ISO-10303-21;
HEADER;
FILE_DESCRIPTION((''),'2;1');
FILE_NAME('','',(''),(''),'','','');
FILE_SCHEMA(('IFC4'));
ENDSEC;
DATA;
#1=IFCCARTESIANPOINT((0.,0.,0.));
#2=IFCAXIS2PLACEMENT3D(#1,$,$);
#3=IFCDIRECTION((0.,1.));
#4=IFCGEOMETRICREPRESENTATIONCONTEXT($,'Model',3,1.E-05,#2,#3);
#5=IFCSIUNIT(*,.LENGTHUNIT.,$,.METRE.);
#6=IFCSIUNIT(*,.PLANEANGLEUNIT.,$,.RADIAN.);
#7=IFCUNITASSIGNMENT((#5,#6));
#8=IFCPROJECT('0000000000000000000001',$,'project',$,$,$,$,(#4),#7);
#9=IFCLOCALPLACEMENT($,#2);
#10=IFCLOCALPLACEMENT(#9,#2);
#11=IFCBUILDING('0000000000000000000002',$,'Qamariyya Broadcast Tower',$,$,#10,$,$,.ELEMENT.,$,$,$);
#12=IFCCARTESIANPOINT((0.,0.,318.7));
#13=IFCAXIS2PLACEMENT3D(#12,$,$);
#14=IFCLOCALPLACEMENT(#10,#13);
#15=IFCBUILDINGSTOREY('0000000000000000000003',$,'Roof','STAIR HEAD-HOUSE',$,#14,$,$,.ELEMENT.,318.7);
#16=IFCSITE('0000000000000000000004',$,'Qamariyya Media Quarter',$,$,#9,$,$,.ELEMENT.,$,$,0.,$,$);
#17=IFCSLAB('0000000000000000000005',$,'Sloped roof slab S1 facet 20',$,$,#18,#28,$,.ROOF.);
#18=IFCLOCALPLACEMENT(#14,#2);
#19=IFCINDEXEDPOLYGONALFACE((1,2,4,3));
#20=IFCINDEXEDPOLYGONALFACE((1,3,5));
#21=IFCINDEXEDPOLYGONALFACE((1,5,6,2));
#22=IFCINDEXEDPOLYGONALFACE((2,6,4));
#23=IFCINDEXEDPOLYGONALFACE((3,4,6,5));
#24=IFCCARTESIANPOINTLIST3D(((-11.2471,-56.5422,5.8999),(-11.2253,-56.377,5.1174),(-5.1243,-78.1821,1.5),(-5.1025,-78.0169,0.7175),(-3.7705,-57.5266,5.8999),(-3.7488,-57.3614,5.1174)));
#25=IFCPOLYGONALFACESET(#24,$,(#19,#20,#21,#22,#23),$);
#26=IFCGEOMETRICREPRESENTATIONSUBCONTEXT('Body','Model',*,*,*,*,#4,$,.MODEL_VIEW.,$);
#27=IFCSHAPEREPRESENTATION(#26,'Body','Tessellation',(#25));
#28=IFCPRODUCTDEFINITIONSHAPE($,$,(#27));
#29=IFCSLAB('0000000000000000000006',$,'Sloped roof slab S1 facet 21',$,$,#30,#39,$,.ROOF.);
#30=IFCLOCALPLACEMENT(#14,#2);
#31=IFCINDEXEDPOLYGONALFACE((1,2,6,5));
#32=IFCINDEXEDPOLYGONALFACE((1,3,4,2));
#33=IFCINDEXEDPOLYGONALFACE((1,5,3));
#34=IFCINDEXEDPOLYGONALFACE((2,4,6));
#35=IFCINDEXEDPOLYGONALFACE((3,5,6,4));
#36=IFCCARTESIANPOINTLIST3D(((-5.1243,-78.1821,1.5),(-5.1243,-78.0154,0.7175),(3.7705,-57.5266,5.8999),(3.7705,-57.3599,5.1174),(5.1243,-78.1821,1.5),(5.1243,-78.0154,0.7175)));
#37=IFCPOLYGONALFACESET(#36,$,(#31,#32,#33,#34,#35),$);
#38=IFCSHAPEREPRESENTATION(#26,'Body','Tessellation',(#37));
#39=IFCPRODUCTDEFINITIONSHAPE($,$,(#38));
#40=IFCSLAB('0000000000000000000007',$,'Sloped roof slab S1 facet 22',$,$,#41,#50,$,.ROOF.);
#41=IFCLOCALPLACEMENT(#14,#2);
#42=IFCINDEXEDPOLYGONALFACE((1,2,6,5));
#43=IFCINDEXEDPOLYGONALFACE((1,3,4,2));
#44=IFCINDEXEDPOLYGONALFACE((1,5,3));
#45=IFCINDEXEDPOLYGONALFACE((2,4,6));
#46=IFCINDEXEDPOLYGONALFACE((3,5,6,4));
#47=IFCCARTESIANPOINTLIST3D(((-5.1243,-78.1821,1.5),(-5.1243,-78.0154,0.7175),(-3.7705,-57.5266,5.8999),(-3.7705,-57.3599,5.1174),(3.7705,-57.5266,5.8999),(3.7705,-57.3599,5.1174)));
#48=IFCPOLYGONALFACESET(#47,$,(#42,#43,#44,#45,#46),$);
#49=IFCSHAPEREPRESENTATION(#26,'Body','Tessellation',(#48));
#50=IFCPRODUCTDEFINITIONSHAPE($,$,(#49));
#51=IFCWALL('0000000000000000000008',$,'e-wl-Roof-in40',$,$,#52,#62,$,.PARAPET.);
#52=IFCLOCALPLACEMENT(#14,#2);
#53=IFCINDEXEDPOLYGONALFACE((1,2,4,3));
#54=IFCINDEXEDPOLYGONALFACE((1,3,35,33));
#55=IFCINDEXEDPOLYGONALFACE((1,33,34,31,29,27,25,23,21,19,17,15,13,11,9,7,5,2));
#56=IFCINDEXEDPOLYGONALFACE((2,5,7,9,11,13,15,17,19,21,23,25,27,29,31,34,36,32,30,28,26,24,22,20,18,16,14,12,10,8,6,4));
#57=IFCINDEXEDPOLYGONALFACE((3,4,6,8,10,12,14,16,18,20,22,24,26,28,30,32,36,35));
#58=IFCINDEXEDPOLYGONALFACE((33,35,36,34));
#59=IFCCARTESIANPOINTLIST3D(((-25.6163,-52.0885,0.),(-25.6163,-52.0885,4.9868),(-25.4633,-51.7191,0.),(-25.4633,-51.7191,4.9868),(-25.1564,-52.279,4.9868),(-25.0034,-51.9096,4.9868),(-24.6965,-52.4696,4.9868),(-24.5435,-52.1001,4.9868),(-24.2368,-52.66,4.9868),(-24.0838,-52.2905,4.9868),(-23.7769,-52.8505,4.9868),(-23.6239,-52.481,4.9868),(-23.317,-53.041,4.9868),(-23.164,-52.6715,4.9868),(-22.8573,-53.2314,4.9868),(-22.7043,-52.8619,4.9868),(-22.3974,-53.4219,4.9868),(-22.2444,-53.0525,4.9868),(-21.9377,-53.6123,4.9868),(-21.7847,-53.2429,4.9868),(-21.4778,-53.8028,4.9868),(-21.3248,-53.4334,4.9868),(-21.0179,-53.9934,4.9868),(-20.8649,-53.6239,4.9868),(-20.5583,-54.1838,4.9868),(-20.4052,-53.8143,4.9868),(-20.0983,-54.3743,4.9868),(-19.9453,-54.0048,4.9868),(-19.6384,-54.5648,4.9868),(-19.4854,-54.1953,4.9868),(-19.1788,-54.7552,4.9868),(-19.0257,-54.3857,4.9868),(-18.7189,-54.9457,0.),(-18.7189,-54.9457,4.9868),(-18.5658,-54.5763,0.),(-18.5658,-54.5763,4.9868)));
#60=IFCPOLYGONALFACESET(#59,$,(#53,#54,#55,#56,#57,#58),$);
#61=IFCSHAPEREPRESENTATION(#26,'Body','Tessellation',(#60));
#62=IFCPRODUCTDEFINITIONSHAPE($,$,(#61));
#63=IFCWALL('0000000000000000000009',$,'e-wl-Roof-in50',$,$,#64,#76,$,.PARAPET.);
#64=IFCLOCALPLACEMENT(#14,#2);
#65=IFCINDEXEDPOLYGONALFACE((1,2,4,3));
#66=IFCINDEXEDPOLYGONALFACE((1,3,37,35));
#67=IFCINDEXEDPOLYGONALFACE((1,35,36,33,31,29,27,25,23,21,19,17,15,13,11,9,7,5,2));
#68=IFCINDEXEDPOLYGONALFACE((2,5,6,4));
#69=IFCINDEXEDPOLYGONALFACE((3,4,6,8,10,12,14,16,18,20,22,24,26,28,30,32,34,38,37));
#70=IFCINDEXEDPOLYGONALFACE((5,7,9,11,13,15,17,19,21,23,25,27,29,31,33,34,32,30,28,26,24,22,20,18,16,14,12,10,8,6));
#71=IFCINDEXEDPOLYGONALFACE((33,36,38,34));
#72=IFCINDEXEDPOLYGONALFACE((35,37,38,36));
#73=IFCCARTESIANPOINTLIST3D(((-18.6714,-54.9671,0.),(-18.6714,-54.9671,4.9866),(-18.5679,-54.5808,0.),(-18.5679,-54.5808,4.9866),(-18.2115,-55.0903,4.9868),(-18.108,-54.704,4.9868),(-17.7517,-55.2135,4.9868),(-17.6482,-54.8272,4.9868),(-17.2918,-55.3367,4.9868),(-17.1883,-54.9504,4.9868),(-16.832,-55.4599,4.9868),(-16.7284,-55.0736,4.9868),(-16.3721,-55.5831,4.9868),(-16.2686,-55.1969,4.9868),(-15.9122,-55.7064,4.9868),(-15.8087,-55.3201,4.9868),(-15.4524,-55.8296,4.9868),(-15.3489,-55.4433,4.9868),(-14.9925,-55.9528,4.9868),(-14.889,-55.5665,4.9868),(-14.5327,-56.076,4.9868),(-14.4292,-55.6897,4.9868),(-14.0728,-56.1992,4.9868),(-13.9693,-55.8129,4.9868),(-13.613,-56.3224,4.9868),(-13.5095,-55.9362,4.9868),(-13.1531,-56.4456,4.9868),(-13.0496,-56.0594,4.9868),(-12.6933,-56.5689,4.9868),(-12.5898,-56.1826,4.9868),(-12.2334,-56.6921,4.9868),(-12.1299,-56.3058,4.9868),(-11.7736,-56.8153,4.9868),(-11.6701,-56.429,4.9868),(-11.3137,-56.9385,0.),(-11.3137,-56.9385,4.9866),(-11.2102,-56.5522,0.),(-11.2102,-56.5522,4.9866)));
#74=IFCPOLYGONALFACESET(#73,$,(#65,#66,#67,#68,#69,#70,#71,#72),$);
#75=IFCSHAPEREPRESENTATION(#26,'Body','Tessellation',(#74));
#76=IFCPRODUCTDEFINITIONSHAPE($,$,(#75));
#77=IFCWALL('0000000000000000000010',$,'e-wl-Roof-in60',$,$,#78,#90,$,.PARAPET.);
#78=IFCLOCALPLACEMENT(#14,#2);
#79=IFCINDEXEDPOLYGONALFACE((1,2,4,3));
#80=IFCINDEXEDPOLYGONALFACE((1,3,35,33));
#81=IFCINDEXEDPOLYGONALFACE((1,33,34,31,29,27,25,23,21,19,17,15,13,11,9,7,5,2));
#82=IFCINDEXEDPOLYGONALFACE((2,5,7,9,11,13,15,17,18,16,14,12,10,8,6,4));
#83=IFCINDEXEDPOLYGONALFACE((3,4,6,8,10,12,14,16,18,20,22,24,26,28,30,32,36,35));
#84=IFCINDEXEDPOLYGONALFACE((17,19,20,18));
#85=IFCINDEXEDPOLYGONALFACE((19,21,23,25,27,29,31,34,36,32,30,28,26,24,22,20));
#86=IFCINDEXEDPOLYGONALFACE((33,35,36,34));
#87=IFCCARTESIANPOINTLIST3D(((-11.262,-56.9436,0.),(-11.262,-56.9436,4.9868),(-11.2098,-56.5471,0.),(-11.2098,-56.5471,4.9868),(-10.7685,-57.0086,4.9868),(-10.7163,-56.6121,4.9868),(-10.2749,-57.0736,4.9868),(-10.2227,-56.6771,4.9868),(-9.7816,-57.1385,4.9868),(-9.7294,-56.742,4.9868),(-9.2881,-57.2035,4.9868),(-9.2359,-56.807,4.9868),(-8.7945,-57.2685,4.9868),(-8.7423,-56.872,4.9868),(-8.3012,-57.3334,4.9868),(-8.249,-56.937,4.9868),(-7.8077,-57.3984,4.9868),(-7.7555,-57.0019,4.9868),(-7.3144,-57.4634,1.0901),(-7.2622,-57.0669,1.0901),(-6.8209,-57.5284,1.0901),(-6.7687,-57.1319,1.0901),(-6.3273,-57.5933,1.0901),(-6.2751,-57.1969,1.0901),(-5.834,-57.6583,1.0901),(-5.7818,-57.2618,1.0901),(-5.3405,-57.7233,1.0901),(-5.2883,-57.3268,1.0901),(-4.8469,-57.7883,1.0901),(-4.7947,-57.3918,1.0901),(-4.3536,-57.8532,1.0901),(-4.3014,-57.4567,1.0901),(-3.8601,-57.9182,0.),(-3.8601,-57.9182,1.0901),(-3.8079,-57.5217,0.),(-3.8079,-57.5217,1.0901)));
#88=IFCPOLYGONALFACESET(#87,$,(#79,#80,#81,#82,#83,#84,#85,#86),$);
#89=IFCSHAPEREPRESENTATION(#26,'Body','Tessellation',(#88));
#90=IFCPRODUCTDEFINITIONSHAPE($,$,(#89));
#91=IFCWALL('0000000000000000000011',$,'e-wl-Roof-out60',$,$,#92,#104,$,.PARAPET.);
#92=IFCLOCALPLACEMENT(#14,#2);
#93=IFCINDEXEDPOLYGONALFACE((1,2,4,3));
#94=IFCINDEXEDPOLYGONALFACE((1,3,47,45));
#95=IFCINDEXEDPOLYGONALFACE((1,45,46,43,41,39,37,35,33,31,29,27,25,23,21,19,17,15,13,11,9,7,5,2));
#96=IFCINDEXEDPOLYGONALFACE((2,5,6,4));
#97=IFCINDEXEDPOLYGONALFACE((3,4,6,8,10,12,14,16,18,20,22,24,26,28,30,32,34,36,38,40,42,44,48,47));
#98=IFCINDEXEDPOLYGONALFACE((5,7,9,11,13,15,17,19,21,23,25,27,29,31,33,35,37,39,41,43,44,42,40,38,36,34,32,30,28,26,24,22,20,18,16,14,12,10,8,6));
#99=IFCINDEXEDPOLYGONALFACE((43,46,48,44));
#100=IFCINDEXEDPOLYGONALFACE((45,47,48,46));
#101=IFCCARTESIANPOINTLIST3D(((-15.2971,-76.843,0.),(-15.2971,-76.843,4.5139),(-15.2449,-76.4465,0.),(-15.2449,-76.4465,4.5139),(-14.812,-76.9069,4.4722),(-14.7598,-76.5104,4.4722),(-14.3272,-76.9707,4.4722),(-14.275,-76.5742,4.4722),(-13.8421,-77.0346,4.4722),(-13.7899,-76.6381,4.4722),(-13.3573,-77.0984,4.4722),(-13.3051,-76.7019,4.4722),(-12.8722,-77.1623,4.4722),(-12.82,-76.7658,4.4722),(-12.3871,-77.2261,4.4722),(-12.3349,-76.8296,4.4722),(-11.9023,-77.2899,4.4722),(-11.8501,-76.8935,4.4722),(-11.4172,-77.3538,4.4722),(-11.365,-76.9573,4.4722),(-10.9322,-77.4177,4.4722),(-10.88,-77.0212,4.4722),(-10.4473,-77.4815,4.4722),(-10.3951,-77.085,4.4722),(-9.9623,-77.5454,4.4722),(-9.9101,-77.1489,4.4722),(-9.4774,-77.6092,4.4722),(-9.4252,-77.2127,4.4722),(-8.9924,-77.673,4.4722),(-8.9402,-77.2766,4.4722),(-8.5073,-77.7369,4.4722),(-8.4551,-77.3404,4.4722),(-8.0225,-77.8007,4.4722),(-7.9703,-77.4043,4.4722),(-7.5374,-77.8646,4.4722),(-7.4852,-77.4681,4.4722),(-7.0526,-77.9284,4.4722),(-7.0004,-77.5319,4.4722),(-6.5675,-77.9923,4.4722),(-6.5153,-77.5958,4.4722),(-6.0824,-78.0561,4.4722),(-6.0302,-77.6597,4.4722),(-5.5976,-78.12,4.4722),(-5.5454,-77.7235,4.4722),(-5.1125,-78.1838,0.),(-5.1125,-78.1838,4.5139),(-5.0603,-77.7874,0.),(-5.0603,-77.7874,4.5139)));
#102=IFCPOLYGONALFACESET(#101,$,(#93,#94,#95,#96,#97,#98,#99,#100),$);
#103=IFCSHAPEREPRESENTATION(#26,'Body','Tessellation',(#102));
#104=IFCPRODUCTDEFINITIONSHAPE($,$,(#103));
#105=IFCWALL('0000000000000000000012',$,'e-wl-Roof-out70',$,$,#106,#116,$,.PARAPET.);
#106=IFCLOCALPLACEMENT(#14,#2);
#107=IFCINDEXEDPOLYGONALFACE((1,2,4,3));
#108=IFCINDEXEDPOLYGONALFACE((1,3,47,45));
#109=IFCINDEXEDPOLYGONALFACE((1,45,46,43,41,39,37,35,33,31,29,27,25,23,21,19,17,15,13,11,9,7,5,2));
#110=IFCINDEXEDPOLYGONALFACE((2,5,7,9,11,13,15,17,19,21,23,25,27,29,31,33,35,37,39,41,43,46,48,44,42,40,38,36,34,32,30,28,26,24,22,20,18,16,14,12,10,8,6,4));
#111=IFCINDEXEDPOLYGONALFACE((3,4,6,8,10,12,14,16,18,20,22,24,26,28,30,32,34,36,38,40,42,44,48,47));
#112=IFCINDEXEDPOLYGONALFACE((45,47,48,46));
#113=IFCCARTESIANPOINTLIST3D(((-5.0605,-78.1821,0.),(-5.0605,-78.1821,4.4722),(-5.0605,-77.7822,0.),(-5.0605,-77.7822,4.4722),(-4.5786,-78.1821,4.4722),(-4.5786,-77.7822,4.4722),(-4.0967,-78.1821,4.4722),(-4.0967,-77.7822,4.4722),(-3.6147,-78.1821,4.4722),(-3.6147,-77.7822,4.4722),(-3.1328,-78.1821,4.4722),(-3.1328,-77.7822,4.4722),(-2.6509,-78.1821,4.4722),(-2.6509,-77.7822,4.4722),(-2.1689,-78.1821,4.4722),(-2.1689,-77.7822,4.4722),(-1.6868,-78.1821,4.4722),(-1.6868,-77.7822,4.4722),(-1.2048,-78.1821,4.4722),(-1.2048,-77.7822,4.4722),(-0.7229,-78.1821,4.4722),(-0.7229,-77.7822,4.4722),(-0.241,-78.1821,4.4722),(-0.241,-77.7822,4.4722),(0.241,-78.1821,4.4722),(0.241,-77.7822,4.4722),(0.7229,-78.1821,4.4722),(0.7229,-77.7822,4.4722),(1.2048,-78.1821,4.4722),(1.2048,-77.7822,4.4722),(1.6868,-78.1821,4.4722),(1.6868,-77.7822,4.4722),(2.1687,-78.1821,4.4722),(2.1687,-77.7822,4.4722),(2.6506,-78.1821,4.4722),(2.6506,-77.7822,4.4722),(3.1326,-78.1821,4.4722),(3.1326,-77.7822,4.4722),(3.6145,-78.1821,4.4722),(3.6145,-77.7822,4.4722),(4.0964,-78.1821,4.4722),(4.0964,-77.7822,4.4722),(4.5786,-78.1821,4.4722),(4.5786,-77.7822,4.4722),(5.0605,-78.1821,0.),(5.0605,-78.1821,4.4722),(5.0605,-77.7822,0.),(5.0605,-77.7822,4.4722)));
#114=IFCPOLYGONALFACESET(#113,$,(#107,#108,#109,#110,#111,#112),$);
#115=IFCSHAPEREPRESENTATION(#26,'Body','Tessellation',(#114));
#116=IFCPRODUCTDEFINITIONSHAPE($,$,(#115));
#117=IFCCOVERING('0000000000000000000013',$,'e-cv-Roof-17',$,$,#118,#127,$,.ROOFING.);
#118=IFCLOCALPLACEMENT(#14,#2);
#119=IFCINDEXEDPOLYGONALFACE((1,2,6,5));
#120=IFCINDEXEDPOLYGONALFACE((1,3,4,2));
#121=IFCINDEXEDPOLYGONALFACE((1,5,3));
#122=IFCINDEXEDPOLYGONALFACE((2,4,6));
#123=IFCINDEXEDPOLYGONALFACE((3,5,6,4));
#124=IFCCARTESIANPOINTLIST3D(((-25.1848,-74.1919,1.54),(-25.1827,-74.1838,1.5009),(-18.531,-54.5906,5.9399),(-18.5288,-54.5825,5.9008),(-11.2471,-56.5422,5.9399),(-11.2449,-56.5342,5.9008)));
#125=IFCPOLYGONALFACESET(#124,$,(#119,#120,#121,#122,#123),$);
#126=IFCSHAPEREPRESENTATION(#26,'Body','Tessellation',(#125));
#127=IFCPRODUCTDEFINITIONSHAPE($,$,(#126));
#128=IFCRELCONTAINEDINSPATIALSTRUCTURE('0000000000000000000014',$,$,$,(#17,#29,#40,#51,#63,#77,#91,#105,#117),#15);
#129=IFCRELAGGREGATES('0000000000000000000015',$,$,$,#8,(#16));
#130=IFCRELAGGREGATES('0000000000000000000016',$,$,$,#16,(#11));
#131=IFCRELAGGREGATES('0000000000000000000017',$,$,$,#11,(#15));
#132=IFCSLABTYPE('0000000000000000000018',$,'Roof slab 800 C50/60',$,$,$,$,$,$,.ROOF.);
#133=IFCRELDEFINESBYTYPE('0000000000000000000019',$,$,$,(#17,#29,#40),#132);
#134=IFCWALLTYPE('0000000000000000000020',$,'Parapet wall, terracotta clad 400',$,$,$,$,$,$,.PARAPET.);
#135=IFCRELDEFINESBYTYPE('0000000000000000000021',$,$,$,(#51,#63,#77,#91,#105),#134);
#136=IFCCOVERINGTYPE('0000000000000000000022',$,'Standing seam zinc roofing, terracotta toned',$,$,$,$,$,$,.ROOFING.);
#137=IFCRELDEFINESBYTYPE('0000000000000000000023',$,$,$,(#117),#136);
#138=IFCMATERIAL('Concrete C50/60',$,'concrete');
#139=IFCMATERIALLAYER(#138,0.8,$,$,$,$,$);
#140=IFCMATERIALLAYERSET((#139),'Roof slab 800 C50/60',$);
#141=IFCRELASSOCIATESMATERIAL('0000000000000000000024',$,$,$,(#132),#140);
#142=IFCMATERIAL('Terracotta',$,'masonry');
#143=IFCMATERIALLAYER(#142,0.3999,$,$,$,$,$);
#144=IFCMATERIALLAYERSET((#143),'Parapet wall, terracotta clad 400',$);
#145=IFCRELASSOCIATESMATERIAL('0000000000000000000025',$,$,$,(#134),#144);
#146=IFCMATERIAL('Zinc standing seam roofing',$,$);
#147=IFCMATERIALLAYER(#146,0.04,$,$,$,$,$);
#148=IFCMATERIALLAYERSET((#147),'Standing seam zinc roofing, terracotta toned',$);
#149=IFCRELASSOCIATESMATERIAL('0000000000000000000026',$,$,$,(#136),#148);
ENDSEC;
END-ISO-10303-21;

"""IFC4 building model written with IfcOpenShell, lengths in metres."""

from ifc_helpers import new_model, si_unit, direction, frame, origin, place, context, subcontext, project, spatial, polyline, outline, extrude, material, layer, layer_set, type_object, element, save


model = new_model("IFC4")

# Units and contexts
model_context = context("Model", 3, precision=1e-05, world=origin(), true_north=direction((0.0, 1.0)))
body_context = subcontext(model_context, "Body", "Model", "MODEL_VIEW")
ifc_project = project(units=[si_unit("LENGTHUNIT", "METRE"), si_unit("PLANEANGLEUNIT", "RADIAN")], contexts=[model_context])

# Site, building, storey
site_placement = place(None, origin())
site = spatial("IfcSite", under=ifc_project, at=site_placement, Name="Qamariyya Media Quarter", CompositionType="ELEMENT", RefElevation=0.0)
building_placement = place(site_placement, origin())
building = spatial("IfcBuilding", under=site, at=building_placement, Name="Qamariyya Broadcast Tower", CompositionType="ELEMENT")
storey_placement = place(building_placement, frame((0.0, 0.0, 318.7)))
storey = spatial("IfcBuildingStorey", under=building, at=storey_placement, Name="Roof", Description="STAIR HEAD-HOUSE", CompositionType="ELEMENT", Elevation=318.7)

# Shared definitions
ifc_material_1 = material(Name="Concrete C50/60", Category="concrete")

# Slabs
ifc_layer_1 = layer(ifc_material_1, 0.8)
ifc_layer_set_1 = layer_set([ifc_layer_1], Name="Roof slab 800 C50/60")
slab_type = type_object("IfcSlabType", Name="Roof slab 800 C50/60", PredefinedType="ROOF", material=ifc_layer_set_1)
slab_1_placement = place(storey_placement, frame((-5.1243, -78.1821, 1.5), z_axis=(-0.027196, -0.206557, 0.978057), x_axis=(0.06397, 0.976053, 0.207912)))
element("IfcSlab", 1, at=slab_1_placement, inside=storey, type_object=slab_type, Name="Sloped roof slab S1 facet 20", PredefinedType="ROOF", context=body_context, shape_type="SweptSolid", body=[
    extrude(outline(polyline([(0.0, 0.0), (21.1623, 0.0), (21.6448, 7.5256), (0.0, 0.0)])), origin(), (0.0, 0.0, -1.0), 0.8),
])
slab_2_placement = place(storey_placement, frame((-5.1243, -78.1821, 1.5), z_axis=(0.0, -0.208339, 0.978057), x_axis=(1.0, 0.0, 0.0)))
element("IfcSlab", 2, at=slab_2_placement, inside=storey, type_object=slab_type, Name="Sloped roof slab S1 facet 21", PredefinedType="ROOF", context=body_context, shape_type="SweptSolid", body=[
    extrude(outline(polyline([(0.0, 0.0), (10.2485, 0.0), (8.8948, 21.1189), (0.0, 0.0)])), origin(), (0.0, 0.0, -1.0), 0.8),
])
slab_3_placement = place(storey_placement, frame((-5.1243, -78.1821, 1.5), z_axis=(0.0, -0.208339, 0.978057), x_axis=(0.388153, 0.901372, 0.192004)))
element("IfcSlab", 3, at=slab_3_placement, inside=storey, type_object=slab_type, Name="Sloped roof slab S1 facet 22", PredefinedType="ROOF", context=body_context, shape_type="SweptSolid", body=[
    extrude(outline(polyline([(0.0, 0.0), (22.9156, 0.0), (19.9886, 6.9498), (0.0, 0.0)])), origin(), (0.0, 0.0, -1.0), 0.8),
])

# Walls
ifc_material_2 = material(Name="Terracotta", Category="masonry")
ifc_layer_2 = layer(ifc_material_2, 0.3999)
ifc_layer_set_2 = layer_set([ifc_layer_2], Name="Parapet wall, terracotta clad 400")
wall_type = type_object("IfcWallType", Name="Parapet wall, terracotta clad 400", PredefinedType="PARAPET", material=ifc_layer_set_2)
wall_1_placement = place(storey_placement, frame((-18.6423, -54.761, 0.0), z_axis=(0.0, 0.0, 1.0), x_axis=(-0.923872, 0.382701, 0.0)))
element("IfcWall", 4, at=wall_1_placement, inside=storey, type_object=wall_type, Name="e-wl-Roof-in40", PredefinedType="PARAPET", context=body_context, shape_type="SweptSolid", body=[
    extrude(outline(polyline([(0.0, 0.0), (7.4658, 0.0), (7.4658, 4.9868), (6.968, 4.9868), (6.4702, 4.9868), (5.9727, 4.9868), (5.4749, 4.9868), (4.9771, 4.9868), (4.4795, 4.9868), (3.9817, 4.9868), (3.4841, 4.9868), (2.9863, 4.9868), (2.4885, 4.9868), (1.991, 4.9868), (1.4932, 4.9868), (0.9954, 4.9868), (0.4978, 4.9868), (0.0, 4.9868), (0.0, 0.0)])), frame((0.0, 0.2, 0.0), z_axis=(0.0, -1.0, 0.0), x_axis=(1.0, 0.0, 0.0)), (0.0, 0.0, 1.0), 0.3999),
])
wall_2_placement = place(storey_placement, frame((-11.262, -56.7454, 0.0), z_axis=(0.0, 0.0, 1.0), x_axis=(-0.965927, 0.258814, 0.0)))
element("IfcWall", 5, at=wall_2_placement, inside=storey, type_object=wall_type, Name="e-wl-Roof-in50", PredefinedType="PARAPET", context=body_context, shape_type="SweptSolid", body=[
    extrude(outline(polyline([(0.0, 0.0), (7.6172, 0.0), (7.6172, 4.9866), (7.1411, 4.9868), (6.665, 4.9868), (6.189, 4.9868), (5.7129, 4.9868), (5.2368, 4.9868), (4.7607, 4.9868), (4.2847, 4.9868), (3.8086, 4.9868), (3.3325, 4.9868), (2.8564, 4.9868), (2.3804, 4.9868), (1.9043, 4.9868), (1.4282, 4.9868), (0.9521, 4.9868), (0.4761, 4.9868), (0.0, 4.9866), (0.0, 0.0)])), frame((0.0, 0.2, 0.0), z_axis=(0.0, -1.0, 0.0), x_axis=(1.0, 0.0, 0.0)), (0.0, 0.0, 1.0), 0.3999),
])
wall_3_placement = place(storey_placement, frame((-3.834, -57.72, 0.0), z_axis=(0.0, 0.0, 1.0), x_axis=(-0.991442, 0.130544, 0.0)))
element("IfcWall", 6, at=wall_3_placement, inside=storey, type_object=wall_type, Name="e-wl-Roof-in60", PredefinedType="PARAPET", context=body_context, shape_type="SweptSolid", body=[
    extrude(outline(polyline([(0.0, 0.0), (7.4658, 0.0), (7.4658, 4.9868), (6.968, 4.9868), (6.4702, 4.9868), (5.9727, 4.9868), (5.4749, 4.9868), (4.9771, 4.9868), (4.4795, 4.9868), (3.9817, 4.9868), (3.4841, 1.0901), (2.9863, 1.0901), (2.4885, 1.0901), (1.991, 1.0901), (1.4932, 1.0901), (0.9954, 1.0901), (0.4978, 1.0901), (0.0, 1.0901), (0.0, 0.0)])), frame((0.0, 0.2, 0.0), z_axis=(0.0, -1.0, 0.0), x_axis=(1.0, 0.0, 0.0)), (0.0, 0.0, 1.0), 0.3999),
])
wall_4_placement = place(storey_placement, frame((-15.271, -76.6448, 0.0), z_axis=(0.0, 0.0, 1.0), x_axis=(0.991445, -0.130526, 0.0)))
element("IfcWall", 7, at=wall_4_placement, inside=storey, type_object=wall_type, Name="e-wl-Roof-out60", PredefinedType="PARAPET", context=body_context, shape_type="SweptSolid", body=[
    extrude(outline(polyline([(0.0, 0.0), (10.2725, 0.0), (10.2725, 4.5139), (9.7832, 4.4722), (9.2942, 4.4722), (8.8049, 4.4722), (8.3157, 4.4722), (7.8267, 4.4722), (7.3374, 4.4722), (6.8484, 4.4722), (6.3591, 4.4722), (5.8699, 4.4722), (5.3809, 4.4722), (4.8916, 4.4722), (4.4026, 4.4722), (3.9133, 4.4722), (3.4241, 4.4722), (2.9351, 4.4722), (2.4458, 4.4722), (1.9565, 4.4722), (1.4675, 4.4722), (0.9783, 4.4722), (0.4893, 4.4722), (0.0, 4.5139), (0.0, 0.0)])), frame((0.0, 0.2, 0.0), z_axis=(0.0, -1.0, 0.0), x_axis=(1.0, 0.0, 0.0)), (0.0, 0.0, 1.0), 0.3999),
])
wall_5_placement = place(storey_placement, frame((-5.0605, -77.9822, 0.0), z_axis=(0.0, 0.0, 1.0), x_axis=(1.0, 0.0, 0.0)))
element("IfcWall", 8, at=wall_5_placement, inside=storey, type_object=wall_type, Name="e-wl-Roof-out70", PredefinedType="PARAPET", context=body_context, shape_type="SweptSolid", body=[
    extrude(outline(polyline([(0.0, 0.0), (10.1211, 0.0), (10.1211, 4.4722), (9.6392, 4.4722), (9.157, 4.4722), (8.675, 4.4722), (8.1931, 4.4722), (7.7112, 4.4722), (7.2292, 4.4722), (6.7473, 4.4722), (6.2654, 4.4722), (5.7834, 4.4722), (5.3015, 4.4722), (4.8196, 4.4722), (4.3376, 4.4722), (3.8557, 4.4722), (3.3738, 4.4722), (2.8916, 4.4722), (2.4097, 4.4722), (1.9277, 4.4722), (1.4458, 4.4722), (0.9639, 4.4722), (0.4819, 4.4722), (0.0, 4.4722), (0.0, 0.0)])), frame((0.0, 0.2, 0.0), z_axis=(0.0, -1.0, 0.0), x_axis=(1.0, 0.0, 0.0)), (0.0, 0.0, 1.0), 0.3999),
])

# Covering
ifc_material_3 = material(Name="Zinc standing seam roofing")
ifc_layer_3 = layer(ifc_material_3, 0.04)
ifc_layer_set_3 = layer_set([ifc_layer_3], Name="Standing seam zinc roofing, terracotta toned")
covering_type = type_object("IfcCoveringType", Name="Standing seam zinc roofing, terracotta toned", PredefinedType="ROOFING", material=ifc_layer_set_3)
covering_1_placement = place(storey_placement, frame((-11.2471, -56.5422, 5.9399), z_axis=(-0.05392, -0.20124, 0.978057), x_axis=(-0.965928, 0.258811, 0.0)))
element("IfcCovering", 9, at=covering_1_placement, inside=storey, type_object=covering_type, Name="e-cv-Roof-17", PredefinedType="ROOFING", context=body_context, shape_type="SweptSolid", body=[
    extrude(outline(polyline([(0.0, 0.0), (7.5409, 0.0), (8.8949, 21.119), (0.0, 0.0)])), origin(), (0.0, 0.0, -1.0), 0.04),
])

save(model, "model.ifc")
